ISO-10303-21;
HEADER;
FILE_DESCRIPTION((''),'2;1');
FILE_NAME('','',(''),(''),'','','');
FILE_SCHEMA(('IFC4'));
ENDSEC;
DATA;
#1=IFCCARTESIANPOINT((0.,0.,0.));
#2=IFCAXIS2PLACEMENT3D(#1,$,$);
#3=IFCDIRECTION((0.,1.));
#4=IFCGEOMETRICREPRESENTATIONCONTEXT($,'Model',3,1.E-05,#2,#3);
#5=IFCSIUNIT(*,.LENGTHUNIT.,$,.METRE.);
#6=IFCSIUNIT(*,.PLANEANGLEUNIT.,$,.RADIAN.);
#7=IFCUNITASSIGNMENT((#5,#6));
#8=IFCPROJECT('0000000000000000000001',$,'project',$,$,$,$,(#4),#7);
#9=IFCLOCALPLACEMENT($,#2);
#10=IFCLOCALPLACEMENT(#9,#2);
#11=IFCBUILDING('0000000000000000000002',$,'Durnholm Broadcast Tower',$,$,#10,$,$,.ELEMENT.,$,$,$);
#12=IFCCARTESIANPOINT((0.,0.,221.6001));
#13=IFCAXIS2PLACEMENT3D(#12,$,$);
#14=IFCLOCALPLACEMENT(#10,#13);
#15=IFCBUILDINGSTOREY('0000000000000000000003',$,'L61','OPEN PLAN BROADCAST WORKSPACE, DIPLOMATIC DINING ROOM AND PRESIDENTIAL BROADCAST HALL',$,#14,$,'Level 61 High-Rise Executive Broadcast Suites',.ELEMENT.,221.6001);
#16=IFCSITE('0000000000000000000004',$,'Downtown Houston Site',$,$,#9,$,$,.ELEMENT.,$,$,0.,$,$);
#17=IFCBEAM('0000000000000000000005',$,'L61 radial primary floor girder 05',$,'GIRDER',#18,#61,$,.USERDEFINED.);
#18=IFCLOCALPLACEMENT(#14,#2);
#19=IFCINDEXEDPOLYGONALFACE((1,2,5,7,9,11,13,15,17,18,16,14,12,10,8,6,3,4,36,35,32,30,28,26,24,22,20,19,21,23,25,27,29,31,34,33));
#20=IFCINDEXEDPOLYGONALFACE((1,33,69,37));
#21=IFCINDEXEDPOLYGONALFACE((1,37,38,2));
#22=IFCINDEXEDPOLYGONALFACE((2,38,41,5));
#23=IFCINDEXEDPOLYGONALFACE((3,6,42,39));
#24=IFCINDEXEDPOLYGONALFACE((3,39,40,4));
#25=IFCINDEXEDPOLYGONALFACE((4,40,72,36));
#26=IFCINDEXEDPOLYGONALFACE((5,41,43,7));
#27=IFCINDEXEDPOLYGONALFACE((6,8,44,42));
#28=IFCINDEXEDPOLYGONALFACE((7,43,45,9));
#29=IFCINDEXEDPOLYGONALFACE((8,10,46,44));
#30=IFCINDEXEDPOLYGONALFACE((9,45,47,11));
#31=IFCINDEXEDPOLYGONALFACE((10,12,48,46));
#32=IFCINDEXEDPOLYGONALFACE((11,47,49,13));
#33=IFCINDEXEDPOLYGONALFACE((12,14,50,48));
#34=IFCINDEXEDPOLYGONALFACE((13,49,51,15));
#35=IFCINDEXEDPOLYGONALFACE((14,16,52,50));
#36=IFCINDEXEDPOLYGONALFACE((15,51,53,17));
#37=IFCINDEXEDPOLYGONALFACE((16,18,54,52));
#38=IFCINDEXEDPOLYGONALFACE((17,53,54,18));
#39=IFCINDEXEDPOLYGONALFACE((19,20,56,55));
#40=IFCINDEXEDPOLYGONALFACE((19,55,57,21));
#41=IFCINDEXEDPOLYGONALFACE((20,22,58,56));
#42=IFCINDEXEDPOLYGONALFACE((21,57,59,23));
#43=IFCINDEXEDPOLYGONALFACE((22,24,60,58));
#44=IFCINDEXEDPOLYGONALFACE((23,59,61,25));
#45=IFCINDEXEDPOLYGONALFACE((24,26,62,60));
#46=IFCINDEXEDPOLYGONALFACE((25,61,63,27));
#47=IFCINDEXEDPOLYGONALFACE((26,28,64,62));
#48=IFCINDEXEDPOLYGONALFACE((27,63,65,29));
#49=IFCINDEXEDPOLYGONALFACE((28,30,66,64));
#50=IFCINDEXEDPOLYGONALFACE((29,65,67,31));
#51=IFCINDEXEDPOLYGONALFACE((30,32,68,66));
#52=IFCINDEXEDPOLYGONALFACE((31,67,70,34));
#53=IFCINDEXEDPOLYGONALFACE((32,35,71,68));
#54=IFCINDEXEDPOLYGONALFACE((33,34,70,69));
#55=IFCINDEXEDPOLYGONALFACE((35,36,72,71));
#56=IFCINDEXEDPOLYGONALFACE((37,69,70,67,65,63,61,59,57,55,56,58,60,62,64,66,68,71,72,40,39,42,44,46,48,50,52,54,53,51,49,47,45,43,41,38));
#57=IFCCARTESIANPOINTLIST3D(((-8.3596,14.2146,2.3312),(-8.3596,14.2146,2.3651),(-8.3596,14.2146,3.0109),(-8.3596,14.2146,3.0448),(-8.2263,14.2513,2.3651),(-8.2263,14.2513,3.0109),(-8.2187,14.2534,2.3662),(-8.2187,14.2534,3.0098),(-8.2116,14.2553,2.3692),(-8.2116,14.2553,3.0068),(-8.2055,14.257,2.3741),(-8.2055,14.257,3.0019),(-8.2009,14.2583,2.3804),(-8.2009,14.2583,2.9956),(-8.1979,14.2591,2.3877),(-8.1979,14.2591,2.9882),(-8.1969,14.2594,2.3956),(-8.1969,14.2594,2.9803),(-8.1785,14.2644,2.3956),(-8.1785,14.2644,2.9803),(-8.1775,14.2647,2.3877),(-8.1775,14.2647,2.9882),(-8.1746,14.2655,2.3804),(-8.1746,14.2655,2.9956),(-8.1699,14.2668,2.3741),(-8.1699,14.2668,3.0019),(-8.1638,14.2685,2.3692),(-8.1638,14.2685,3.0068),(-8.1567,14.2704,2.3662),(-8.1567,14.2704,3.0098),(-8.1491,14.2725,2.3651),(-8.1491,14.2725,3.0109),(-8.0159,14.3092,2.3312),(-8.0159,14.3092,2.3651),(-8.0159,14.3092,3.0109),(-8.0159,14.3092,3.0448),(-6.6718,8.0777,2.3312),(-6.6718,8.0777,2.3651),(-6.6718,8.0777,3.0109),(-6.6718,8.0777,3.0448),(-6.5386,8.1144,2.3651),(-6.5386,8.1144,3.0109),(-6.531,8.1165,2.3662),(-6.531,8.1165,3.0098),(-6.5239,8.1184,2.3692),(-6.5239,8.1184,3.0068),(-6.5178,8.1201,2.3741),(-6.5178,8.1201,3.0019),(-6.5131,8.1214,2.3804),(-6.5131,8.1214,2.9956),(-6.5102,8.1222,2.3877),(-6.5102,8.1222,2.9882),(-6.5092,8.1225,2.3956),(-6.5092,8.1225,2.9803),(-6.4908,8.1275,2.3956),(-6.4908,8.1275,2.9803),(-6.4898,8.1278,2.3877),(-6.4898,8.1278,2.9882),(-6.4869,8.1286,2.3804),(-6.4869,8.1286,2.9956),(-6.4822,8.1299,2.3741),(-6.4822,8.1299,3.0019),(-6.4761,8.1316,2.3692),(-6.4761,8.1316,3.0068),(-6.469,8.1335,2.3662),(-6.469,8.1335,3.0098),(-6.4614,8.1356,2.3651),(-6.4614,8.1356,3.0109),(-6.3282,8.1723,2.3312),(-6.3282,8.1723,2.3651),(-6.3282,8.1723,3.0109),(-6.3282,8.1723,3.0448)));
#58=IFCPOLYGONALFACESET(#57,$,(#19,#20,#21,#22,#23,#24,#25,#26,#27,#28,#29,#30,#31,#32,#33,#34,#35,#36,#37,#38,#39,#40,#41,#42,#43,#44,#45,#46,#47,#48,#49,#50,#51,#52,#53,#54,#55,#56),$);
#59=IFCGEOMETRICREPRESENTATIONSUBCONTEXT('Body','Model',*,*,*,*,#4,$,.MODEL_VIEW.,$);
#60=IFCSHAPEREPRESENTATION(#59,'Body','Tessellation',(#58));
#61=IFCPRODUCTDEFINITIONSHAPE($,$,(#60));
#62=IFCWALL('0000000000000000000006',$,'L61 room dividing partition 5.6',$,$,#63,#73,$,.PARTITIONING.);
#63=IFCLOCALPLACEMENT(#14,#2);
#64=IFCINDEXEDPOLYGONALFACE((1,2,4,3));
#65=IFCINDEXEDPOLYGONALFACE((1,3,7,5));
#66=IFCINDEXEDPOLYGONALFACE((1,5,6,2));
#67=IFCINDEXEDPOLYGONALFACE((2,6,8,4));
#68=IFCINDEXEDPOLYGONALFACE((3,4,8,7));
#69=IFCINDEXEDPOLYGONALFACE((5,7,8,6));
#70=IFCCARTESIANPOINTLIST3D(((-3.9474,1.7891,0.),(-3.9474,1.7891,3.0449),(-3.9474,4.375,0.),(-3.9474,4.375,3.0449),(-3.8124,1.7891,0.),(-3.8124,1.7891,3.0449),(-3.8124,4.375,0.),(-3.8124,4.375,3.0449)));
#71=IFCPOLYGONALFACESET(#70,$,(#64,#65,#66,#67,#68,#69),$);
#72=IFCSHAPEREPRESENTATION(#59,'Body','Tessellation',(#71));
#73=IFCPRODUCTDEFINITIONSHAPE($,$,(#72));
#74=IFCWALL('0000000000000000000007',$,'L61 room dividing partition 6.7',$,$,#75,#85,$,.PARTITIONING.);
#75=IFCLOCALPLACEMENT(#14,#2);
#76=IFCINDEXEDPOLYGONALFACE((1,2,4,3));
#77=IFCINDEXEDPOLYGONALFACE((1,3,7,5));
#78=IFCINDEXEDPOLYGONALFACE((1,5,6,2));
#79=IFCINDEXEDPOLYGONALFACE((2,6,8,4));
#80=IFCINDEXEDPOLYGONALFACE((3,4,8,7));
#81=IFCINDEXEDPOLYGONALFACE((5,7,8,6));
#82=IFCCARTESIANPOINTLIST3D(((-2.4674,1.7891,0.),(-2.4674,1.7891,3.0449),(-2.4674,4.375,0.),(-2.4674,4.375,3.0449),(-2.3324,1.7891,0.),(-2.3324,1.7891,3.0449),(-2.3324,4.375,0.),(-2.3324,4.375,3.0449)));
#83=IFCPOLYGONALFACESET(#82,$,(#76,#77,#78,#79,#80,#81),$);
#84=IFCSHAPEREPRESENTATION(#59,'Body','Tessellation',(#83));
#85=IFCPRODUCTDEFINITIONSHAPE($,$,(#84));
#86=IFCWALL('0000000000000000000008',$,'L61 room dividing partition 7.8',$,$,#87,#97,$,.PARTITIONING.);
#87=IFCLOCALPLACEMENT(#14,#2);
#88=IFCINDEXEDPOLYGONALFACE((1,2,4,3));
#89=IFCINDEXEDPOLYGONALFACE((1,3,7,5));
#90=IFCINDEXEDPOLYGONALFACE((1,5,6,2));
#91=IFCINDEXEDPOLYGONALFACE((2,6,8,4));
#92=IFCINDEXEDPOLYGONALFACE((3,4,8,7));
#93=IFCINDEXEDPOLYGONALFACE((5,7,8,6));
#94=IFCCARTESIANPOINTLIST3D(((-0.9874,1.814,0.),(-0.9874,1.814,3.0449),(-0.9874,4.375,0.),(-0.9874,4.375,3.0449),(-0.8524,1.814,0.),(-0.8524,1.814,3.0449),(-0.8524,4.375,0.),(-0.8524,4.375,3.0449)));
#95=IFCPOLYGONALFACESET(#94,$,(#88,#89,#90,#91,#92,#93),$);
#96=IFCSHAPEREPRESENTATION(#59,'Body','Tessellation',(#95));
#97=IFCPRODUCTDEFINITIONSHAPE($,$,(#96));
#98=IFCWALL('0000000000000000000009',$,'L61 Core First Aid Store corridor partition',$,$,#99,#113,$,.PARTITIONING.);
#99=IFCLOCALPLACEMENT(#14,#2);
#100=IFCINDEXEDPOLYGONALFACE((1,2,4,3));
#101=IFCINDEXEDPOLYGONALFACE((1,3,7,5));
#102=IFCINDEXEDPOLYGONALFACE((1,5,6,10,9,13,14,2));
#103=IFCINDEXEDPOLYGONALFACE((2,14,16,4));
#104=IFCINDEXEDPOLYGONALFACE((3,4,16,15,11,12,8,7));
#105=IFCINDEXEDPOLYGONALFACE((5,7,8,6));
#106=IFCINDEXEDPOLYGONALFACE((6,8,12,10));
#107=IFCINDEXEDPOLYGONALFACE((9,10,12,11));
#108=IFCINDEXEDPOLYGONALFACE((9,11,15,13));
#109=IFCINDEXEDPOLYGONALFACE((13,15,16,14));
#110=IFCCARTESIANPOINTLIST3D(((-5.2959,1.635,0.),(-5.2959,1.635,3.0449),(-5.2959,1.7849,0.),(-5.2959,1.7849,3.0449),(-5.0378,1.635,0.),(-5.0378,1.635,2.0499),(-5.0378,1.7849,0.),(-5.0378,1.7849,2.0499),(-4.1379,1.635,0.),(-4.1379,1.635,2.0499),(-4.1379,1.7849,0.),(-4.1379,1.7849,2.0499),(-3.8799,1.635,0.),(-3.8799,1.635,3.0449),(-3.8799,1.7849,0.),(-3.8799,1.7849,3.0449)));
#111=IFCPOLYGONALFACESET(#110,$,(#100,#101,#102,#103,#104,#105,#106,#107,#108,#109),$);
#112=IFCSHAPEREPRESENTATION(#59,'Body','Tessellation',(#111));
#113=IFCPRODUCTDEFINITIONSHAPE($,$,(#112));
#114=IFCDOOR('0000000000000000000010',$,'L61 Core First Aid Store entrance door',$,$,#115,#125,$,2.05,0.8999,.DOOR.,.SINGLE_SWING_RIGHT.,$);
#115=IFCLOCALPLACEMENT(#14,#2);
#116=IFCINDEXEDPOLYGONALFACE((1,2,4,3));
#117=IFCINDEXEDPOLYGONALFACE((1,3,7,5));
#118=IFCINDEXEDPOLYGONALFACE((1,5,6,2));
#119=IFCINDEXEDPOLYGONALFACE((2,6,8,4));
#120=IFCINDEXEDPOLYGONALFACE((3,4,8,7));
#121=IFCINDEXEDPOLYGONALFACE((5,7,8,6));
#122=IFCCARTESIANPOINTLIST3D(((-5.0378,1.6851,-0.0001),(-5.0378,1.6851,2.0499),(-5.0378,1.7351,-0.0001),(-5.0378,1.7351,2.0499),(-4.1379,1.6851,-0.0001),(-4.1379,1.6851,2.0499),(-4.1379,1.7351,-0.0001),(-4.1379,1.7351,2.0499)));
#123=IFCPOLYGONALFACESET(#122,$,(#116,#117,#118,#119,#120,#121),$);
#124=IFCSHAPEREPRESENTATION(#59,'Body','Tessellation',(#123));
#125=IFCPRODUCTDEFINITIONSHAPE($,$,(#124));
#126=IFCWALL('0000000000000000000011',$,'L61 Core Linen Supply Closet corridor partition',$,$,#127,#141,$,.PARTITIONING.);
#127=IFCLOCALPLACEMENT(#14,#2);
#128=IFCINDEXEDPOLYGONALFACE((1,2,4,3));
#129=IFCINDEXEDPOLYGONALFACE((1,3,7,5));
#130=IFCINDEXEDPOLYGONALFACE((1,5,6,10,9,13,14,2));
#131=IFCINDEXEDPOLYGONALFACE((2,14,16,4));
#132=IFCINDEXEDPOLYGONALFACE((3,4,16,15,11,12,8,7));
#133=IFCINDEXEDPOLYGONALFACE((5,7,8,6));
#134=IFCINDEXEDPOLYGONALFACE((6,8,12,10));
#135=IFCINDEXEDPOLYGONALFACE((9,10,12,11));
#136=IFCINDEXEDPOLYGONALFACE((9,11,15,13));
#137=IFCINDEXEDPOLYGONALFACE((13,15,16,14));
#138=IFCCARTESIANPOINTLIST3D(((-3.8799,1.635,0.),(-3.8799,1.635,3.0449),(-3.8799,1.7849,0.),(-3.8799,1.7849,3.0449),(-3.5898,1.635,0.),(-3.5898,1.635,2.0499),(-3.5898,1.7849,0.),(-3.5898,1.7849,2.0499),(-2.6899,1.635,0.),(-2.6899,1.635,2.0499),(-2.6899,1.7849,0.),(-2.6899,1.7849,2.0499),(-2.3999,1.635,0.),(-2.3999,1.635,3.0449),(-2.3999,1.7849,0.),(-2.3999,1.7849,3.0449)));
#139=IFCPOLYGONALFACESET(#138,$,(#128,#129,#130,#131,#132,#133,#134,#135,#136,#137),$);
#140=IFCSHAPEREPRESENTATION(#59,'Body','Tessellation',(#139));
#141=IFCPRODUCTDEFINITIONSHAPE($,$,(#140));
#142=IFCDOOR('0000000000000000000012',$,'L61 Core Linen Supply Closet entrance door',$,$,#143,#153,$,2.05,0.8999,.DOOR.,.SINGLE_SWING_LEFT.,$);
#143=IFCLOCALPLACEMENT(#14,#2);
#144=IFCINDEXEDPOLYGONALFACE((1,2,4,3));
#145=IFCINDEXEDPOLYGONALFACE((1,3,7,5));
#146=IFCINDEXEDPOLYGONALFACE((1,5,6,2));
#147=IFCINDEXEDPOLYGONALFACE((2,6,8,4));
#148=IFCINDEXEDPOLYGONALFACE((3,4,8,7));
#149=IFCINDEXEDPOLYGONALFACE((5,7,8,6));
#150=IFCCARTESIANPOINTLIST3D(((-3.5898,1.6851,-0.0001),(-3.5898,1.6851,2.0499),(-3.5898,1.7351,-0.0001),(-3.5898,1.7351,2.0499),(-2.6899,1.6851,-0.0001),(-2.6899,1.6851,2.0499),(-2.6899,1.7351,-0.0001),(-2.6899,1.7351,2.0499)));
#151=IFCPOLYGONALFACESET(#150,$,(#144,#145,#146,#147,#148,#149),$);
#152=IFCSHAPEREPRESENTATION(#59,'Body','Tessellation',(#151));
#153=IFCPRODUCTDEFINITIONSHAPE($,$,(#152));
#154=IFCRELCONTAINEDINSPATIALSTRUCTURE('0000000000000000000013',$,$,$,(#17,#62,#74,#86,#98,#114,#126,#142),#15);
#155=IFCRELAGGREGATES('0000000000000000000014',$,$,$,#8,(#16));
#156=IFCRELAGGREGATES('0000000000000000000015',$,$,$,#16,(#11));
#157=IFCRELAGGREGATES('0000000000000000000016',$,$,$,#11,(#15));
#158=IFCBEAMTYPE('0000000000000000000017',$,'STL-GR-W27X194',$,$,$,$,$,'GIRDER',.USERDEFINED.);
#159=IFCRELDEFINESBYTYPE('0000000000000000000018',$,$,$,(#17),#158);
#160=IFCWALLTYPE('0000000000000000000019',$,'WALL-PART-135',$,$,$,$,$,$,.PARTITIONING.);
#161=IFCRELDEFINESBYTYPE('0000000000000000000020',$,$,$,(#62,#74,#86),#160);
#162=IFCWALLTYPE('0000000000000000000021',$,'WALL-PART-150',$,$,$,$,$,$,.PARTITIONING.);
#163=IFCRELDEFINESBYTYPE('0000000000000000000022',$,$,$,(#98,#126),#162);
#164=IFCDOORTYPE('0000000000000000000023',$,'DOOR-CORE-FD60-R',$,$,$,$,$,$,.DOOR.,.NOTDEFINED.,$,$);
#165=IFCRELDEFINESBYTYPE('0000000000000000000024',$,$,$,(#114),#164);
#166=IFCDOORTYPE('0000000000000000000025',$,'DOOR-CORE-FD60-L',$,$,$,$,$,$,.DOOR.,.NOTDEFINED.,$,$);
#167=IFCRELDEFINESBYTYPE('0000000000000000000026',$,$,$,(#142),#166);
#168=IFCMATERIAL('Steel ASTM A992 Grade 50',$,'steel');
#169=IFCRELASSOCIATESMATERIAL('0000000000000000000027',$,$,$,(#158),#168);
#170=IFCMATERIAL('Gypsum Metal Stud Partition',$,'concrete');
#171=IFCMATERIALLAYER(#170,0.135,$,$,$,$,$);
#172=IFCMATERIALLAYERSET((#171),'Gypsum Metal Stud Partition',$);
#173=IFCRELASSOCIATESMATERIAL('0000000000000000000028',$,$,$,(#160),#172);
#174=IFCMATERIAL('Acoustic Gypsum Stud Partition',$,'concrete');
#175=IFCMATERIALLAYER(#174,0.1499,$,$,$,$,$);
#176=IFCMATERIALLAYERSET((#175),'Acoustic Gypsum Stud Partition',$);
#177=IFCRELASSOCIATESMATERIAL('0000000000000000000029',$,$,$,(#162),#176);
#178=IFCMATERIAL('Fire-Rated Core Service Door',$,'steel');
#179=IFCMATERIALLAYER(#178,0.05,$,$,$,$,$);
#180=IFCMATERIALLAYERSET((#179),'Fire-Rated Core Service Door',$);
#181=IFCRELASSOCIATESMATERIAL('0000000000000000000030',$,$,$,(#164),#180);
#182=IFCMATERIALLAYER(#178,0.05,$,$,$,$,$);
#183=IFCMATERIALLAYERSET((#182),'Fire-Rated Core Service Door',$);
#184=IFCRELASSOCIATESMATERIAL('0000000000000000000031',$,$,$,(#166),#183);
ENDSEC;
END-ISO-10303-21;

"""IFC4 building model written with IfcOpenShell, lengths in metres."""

from ifc_helpers import new_model, si_unit, direction, frame, frame_2d, origin, origin_2d, place, context, subcontext, project, spatial, rectangle, i_section, extrude, source, transform, mapped, material, layer, layer_set, material_profile, profile_set, type_object, type_shapes, element, fill, save


model = new_model("IFC4")

# Units and contexts
model_context = context("Model", 3, precision=1e-05, world=origin(), true_north=direction((0.0, 1.0)))
body_context = subcontext(model_context, "Body", "Model", "MODEL_VIEW")
ifc_project = project(units=[si_unit("LENGTHUNIT", "METRE"), si_unit("PLANEANGLEUNIT", "RADIAN")], contexts=[model_context])

# Site, building, storey
site_placement = place(None, origin())
site = spatial("IfcSite", under=ifc_project, at=site_placement, Name="Downtown Houston Site", CompositionType="ELEMENT", RefElevation=0.0)
building_placement = place(site_placement, origin())
building = spatial("IfcBuilding", under=site, at=building_placement, Name="Durnholm Broadcast Tower", CompositionType="ELEMENT")
storey_placement = place(building_placement, frame((0.0, 0.0, 221.6001)))
storey = spatial("IfcBuildingStorey", under=building, at=storey_placement, Name="L61", Description="OPEN PLAN BROADCAST WORKSPACE, DIPLOMATIC DINING ROOM AND PRESIDENTIAL BROADCAST HALL", LongName="Level 61 High-Rise Executive Broadcast Suites", CompositionType="ELEMENT", Elevation=221.6001)

# Beam
ifc_material_1 = material(Name="Steel ASTM A992 Grade 50", Category="steel")
ifc_material_profile = material_profile(ifc_material_1, i_section(OverallWidth=0.3564, OverallDepth=0.7136, WebThickness=0.019, FlangeThickness=0.0339, FilletRadius=0.0305, at=origin_2d()), Name="W27X194")
ifc_profile_set = profile_set([ifc_material_profile], Name="Steel ASTM A992 Grade 50")
beam_type = type_object("IfcBeamType", Name="STL-GR-W27X194", ElementType="GIRDER", PredefinedType="USERDEFINED", material=ifc_profile_set)
shared_shape_1 = source(origin(), body_context, "Body", "SweptSolid", [
    extrude(i_section(OverallWidth=0.3564, OverallDepth=0.7136, WebThickness=0.019, FlangeThickness=0.0339, FilletRadius=0.0305, at=origin_2d()), origin(), (0.0, 0.0, 1.0), 6.3647),
])
type_shapes(beam_type, [shared_shape_1])
beam_placement = place(storey_placement, frame((-6.5, 8.125, 2.688), z_axis=(-0.265168, 0.964202, 0.0), x_axis=(-0.964202, -0.265168, 0.0)))
element("IfcBeam", 1, at=beam_placement, inside=storey, type_object=beam_type, Name="L61 radial primary floor girder 05", ObjectType="GIRDER", PredefinedType="USERDEFINED", context=body_context, shape_type="MappedRepresentation", body=[
    mapped(shared_shape_1, transform((0.0, 0.0, 0.0), x_axis=(1.0, 0.0, 0.0), y_axis=(0.0, 1.0, 0.0), z_axis=(0.0, 0.0, 1.0), scale=1.0)),
])

# Walls
ifc_material_2 = material(Name="Gypsum Metal Stud Partition", Category="concrete")
ifc_layer_1 = layer(ifc_material_2, 0.135)
ifc_layer_set_1 = layer_set([ifc_layer_1], Name="Gypsum Metal Stud Partition")
wall_type_1 = type_object("IfcWallType", Name="WALL-PART-135", PredefinedType="PARTITIONING", material=ifc_layer_set_1)
for number, where, z_axis, x_axis, name in (
    (2, (-3.8799, 4.375, 0.0), (0.0, 0.0, 1.0), (0.0, -1.0, 0.0), "L61 room dividing partition 5.6"),
    (3, (-2.3999, 4.375, 0.0), (0.0, 0.0, 1.0), (0.0, -1.0, 0.0), "L61 room dividing partition 6.7"),
):
    element("IfcWall", number, at=place(storey_placement, frame(where, z_axis=z_axis, x_axis=x_axis)), inside=storey, type_object=wall_type_1, Name=name, PredefinedType="PARTITIONING", context=body_context, shape_type="SweptSolid", body=[
        extrude(rectangle(XDim=2.5859, YDim=0.135, at=frame_2d((1.293, 0.0))), origin(), (0.0, 0.0, 1.0), 3.0449),
    ])
wall_1_placement = place(storey_placement, frame((-0.9199, 4.375, 0.0), z_axis=(0.0, 0.0, 1.0), x_axis=(0.0, -1.0, 0.0)))
element("IfcWall", 4, at=wall_1_placement, inside=storey, type_object=wall_type_1, Name="L61 room dividing partition 7.8", PredefinedType="PARTITIONING", context=body_context, shape_type="SweptSolid", body=[
    extrude(rectangle(XDim=2.561, YDim=0.135, at=frame_2d((1.2805, 0.0))), origin(), (0.0, 0.0, 1.0), 3.0449),
])

# Walls, openings, doors
ifc_material_3 = material(Name="Acoustic Gypsum Stud Partition", Category="concrete")
ifc_layer_2 = layer(ifc_material_3, 0.1499)
ifc_layer_set_2 = layer_set([ifc_layer_2], Name="Acoustic Gypsum Stud Partition")
wall_type_2 = type_object("IfcWallType", Name="WALL-PART-150", PredefinedType="PARTITIONING", material=ifc_layer_set_2)
wall_2_placement = place(storey_placement, frame((-3.8799, 1.71, 0.0), z_axis=(0.0, 0.0, 1.0), x_axis=(-1.0, 0.0, 0.0)))
wall_2 = element("IfcWall", 5, at=wall_2_placement, inside=storey, type_object=wall_type_2, Name="L61 Core First Aid Store corridor partition", PredefinedType="PARTITIONING", context=body_context, shape_type="SweptSolid", body=[
    extrude(rectangle(XDim=1.416, YDim=0.1499, at=frame_2d((0.708, 0.0))), origin(), (0.0, 0.0, 1.0), 3.0449),
])
opening_1_placement = place(wall_2_placement, frame((0.2581, 0.0, 0.0)))
opening_1 = element("IfcOpeningElement", 6, at=opening_1_placement, cuts=wall_2, PredefinedType="OPENING", context=body_context, shape_type="SweptSolid", body=[
    extrude(rectangle(XDim=0.8999, YDim=2.05, at=frame_2d((0.45, 1.0249))), frame((0.0, 0.085, 0.0), z_axis=(0.0, -1.0, 0.0), x_axis=(1.0, 0.0, 0.0)), (0.0, 0.0, 1.0), 0.1699),
])
ifc_material_4 = material(Name="Fire-Rated Core Service Door", Category="steel")
ifc_layer_3 = layer(ifc_material_4, 0.05)
ifc_layer_set_3 = layer_set([ifc_layer_3], Name="Fire-Rated Core Service Door")
door_type_1 = type_object("IfcDoorType", Name="DOOR-CORE-FD60-R", OperationType="NOTDEFINED", PredefinedType="DOOR", material=ifc_layer_set_3)
shared_shape_2 = source(origin(), body_context, "Body", "SweptSolid", [
    extrude(rectangle(XDim=0.8999, YDim=2.05, at=frame_2d((0.45, 1.0249))), frame((0.0, 0.0249, 0.0), z_axis=(0.0, -1.0, 0.0), x_axis=(1.0, 0.0, 0.0)), (0.0, 0.0, 1.0), 0.05),
])
type_shapes(door_type_1, [shared_shape_2])
door_1_placement = place(opening_1_placement, origin())
door_1 = element("IfcDoor", 7, at=door_1_placement, inside=storey, type_object=door_type_1, Name="L61 Core First Aid Store entrance door", OperationType="SINGLE_SWING_RIGHT", OverallHeight=2.05, OverallWidth=0.8999, PredefinedType="DOOR", context=body_context, shape_type="MappedRepresentation", body=[
    mapped(shared_shape_2, transform((0.0, 0.0, 0.0), x_axis=(1.0, 0.0, 0.0), y_axis=(0.0, 1.0, 0.0), z_axis=(0.0, 0.0, 1.0), scale=1.0)),
])
fill(opening_1, door_1)
wall_3_placement = place(storey_placement, frame((-2.3999, 1.71, 0.0), z_axis=(0.0, 0.0, 1.0), x_axis=(-1.0, 0.0, 0.0)))
wall_3 = element("IfcWall", 8, at=wall_3_placement, inside=storey, type_object=wall_type_2, Name="L61 Core Linen Supply Closet corridor partition", PredefinedType="PARTITIONING", context=body_context, shape_type="SweptSolid", body=[
    extrude(rectangle(XDim=1.48, YDim=0.1499, at=frame_2d((0.74, 0.0))), origin(), (0.0, 0.0, 1.0), 3.0449),
])
opening_2_placement = place(wall_3_placement, frame((0.29, 0.0, 0.0)))
opening_2 = element("IfcOpeningElement", 9, at=opening_2_placement, cuts=wall_3, PredefinedType="OPENING", context=body_context, shape_type="SweptSolid", body=[
    extrude(rectangle(XDim=0.8999, YDim=2.05, at=frame_2d((0.45, 1.0249))), frame((0.0, 0.085, 0.0), z_axis=(0.0, -1.0, 0.0), x_axis=(1.0, 0.0, 0.0)), (0.0, 0.0, 1.0), 0.1699),
])
ifc_layer_4 = layer(ifc_material_4, 0.05)
ifc_layer_set_4 = layer_set([ifc_layer_4], Name="Fire-Rated Core Service Door")
door_type_2 = type_object("IfcDoorType", Name="DOOR-CORE-FD60-L", OperationType="NOTDEFINED", PredefinedType="DOOR", material=ifc_layer_set_4)
shared_shape_3 = source(origin(), body_context, "Body", "SweptSolid", [
    extrude(rectangle(XDim=0.8999, YDim=2.05, at=frame_2d((0.45, 1.0249))), frame((0.0, 0.0249, 0.0), z_axis=(0.0, -1.0, 0.0), x_axis=(1.0, 0.0, 0.0)), (0.0, 0.0, 1.0), 0.05),
])
type_shapes(door_type_2, [shared_shape_3])
door_2_placement = place(opening_2_placement, origin())
door_2 = element("IfcDoor", 10, at=door_2_placement, inside=storey, type_object=door_type_2, Name="L61 Core Linen Supply Closet entrance door", OperationType="SINGLE_SWING_LEFT", OverallHeight=2.05, OverallWidth=0.8999, PredefinedType="DOOR", context=body_context, shape_type="MappedRepresentation", body=[
    mapped(shared_shape_3, transform((0.0, 0.0, 0.0), x_axis=(1.0, 0.0, 0.0), y_axis=(0.0, 1.0, 0.0), z_axis=(0.0, 0.0, 1.0), scale=1.0)),
])
fill(opening_2, door_2)

save(model, "model.ifc")
